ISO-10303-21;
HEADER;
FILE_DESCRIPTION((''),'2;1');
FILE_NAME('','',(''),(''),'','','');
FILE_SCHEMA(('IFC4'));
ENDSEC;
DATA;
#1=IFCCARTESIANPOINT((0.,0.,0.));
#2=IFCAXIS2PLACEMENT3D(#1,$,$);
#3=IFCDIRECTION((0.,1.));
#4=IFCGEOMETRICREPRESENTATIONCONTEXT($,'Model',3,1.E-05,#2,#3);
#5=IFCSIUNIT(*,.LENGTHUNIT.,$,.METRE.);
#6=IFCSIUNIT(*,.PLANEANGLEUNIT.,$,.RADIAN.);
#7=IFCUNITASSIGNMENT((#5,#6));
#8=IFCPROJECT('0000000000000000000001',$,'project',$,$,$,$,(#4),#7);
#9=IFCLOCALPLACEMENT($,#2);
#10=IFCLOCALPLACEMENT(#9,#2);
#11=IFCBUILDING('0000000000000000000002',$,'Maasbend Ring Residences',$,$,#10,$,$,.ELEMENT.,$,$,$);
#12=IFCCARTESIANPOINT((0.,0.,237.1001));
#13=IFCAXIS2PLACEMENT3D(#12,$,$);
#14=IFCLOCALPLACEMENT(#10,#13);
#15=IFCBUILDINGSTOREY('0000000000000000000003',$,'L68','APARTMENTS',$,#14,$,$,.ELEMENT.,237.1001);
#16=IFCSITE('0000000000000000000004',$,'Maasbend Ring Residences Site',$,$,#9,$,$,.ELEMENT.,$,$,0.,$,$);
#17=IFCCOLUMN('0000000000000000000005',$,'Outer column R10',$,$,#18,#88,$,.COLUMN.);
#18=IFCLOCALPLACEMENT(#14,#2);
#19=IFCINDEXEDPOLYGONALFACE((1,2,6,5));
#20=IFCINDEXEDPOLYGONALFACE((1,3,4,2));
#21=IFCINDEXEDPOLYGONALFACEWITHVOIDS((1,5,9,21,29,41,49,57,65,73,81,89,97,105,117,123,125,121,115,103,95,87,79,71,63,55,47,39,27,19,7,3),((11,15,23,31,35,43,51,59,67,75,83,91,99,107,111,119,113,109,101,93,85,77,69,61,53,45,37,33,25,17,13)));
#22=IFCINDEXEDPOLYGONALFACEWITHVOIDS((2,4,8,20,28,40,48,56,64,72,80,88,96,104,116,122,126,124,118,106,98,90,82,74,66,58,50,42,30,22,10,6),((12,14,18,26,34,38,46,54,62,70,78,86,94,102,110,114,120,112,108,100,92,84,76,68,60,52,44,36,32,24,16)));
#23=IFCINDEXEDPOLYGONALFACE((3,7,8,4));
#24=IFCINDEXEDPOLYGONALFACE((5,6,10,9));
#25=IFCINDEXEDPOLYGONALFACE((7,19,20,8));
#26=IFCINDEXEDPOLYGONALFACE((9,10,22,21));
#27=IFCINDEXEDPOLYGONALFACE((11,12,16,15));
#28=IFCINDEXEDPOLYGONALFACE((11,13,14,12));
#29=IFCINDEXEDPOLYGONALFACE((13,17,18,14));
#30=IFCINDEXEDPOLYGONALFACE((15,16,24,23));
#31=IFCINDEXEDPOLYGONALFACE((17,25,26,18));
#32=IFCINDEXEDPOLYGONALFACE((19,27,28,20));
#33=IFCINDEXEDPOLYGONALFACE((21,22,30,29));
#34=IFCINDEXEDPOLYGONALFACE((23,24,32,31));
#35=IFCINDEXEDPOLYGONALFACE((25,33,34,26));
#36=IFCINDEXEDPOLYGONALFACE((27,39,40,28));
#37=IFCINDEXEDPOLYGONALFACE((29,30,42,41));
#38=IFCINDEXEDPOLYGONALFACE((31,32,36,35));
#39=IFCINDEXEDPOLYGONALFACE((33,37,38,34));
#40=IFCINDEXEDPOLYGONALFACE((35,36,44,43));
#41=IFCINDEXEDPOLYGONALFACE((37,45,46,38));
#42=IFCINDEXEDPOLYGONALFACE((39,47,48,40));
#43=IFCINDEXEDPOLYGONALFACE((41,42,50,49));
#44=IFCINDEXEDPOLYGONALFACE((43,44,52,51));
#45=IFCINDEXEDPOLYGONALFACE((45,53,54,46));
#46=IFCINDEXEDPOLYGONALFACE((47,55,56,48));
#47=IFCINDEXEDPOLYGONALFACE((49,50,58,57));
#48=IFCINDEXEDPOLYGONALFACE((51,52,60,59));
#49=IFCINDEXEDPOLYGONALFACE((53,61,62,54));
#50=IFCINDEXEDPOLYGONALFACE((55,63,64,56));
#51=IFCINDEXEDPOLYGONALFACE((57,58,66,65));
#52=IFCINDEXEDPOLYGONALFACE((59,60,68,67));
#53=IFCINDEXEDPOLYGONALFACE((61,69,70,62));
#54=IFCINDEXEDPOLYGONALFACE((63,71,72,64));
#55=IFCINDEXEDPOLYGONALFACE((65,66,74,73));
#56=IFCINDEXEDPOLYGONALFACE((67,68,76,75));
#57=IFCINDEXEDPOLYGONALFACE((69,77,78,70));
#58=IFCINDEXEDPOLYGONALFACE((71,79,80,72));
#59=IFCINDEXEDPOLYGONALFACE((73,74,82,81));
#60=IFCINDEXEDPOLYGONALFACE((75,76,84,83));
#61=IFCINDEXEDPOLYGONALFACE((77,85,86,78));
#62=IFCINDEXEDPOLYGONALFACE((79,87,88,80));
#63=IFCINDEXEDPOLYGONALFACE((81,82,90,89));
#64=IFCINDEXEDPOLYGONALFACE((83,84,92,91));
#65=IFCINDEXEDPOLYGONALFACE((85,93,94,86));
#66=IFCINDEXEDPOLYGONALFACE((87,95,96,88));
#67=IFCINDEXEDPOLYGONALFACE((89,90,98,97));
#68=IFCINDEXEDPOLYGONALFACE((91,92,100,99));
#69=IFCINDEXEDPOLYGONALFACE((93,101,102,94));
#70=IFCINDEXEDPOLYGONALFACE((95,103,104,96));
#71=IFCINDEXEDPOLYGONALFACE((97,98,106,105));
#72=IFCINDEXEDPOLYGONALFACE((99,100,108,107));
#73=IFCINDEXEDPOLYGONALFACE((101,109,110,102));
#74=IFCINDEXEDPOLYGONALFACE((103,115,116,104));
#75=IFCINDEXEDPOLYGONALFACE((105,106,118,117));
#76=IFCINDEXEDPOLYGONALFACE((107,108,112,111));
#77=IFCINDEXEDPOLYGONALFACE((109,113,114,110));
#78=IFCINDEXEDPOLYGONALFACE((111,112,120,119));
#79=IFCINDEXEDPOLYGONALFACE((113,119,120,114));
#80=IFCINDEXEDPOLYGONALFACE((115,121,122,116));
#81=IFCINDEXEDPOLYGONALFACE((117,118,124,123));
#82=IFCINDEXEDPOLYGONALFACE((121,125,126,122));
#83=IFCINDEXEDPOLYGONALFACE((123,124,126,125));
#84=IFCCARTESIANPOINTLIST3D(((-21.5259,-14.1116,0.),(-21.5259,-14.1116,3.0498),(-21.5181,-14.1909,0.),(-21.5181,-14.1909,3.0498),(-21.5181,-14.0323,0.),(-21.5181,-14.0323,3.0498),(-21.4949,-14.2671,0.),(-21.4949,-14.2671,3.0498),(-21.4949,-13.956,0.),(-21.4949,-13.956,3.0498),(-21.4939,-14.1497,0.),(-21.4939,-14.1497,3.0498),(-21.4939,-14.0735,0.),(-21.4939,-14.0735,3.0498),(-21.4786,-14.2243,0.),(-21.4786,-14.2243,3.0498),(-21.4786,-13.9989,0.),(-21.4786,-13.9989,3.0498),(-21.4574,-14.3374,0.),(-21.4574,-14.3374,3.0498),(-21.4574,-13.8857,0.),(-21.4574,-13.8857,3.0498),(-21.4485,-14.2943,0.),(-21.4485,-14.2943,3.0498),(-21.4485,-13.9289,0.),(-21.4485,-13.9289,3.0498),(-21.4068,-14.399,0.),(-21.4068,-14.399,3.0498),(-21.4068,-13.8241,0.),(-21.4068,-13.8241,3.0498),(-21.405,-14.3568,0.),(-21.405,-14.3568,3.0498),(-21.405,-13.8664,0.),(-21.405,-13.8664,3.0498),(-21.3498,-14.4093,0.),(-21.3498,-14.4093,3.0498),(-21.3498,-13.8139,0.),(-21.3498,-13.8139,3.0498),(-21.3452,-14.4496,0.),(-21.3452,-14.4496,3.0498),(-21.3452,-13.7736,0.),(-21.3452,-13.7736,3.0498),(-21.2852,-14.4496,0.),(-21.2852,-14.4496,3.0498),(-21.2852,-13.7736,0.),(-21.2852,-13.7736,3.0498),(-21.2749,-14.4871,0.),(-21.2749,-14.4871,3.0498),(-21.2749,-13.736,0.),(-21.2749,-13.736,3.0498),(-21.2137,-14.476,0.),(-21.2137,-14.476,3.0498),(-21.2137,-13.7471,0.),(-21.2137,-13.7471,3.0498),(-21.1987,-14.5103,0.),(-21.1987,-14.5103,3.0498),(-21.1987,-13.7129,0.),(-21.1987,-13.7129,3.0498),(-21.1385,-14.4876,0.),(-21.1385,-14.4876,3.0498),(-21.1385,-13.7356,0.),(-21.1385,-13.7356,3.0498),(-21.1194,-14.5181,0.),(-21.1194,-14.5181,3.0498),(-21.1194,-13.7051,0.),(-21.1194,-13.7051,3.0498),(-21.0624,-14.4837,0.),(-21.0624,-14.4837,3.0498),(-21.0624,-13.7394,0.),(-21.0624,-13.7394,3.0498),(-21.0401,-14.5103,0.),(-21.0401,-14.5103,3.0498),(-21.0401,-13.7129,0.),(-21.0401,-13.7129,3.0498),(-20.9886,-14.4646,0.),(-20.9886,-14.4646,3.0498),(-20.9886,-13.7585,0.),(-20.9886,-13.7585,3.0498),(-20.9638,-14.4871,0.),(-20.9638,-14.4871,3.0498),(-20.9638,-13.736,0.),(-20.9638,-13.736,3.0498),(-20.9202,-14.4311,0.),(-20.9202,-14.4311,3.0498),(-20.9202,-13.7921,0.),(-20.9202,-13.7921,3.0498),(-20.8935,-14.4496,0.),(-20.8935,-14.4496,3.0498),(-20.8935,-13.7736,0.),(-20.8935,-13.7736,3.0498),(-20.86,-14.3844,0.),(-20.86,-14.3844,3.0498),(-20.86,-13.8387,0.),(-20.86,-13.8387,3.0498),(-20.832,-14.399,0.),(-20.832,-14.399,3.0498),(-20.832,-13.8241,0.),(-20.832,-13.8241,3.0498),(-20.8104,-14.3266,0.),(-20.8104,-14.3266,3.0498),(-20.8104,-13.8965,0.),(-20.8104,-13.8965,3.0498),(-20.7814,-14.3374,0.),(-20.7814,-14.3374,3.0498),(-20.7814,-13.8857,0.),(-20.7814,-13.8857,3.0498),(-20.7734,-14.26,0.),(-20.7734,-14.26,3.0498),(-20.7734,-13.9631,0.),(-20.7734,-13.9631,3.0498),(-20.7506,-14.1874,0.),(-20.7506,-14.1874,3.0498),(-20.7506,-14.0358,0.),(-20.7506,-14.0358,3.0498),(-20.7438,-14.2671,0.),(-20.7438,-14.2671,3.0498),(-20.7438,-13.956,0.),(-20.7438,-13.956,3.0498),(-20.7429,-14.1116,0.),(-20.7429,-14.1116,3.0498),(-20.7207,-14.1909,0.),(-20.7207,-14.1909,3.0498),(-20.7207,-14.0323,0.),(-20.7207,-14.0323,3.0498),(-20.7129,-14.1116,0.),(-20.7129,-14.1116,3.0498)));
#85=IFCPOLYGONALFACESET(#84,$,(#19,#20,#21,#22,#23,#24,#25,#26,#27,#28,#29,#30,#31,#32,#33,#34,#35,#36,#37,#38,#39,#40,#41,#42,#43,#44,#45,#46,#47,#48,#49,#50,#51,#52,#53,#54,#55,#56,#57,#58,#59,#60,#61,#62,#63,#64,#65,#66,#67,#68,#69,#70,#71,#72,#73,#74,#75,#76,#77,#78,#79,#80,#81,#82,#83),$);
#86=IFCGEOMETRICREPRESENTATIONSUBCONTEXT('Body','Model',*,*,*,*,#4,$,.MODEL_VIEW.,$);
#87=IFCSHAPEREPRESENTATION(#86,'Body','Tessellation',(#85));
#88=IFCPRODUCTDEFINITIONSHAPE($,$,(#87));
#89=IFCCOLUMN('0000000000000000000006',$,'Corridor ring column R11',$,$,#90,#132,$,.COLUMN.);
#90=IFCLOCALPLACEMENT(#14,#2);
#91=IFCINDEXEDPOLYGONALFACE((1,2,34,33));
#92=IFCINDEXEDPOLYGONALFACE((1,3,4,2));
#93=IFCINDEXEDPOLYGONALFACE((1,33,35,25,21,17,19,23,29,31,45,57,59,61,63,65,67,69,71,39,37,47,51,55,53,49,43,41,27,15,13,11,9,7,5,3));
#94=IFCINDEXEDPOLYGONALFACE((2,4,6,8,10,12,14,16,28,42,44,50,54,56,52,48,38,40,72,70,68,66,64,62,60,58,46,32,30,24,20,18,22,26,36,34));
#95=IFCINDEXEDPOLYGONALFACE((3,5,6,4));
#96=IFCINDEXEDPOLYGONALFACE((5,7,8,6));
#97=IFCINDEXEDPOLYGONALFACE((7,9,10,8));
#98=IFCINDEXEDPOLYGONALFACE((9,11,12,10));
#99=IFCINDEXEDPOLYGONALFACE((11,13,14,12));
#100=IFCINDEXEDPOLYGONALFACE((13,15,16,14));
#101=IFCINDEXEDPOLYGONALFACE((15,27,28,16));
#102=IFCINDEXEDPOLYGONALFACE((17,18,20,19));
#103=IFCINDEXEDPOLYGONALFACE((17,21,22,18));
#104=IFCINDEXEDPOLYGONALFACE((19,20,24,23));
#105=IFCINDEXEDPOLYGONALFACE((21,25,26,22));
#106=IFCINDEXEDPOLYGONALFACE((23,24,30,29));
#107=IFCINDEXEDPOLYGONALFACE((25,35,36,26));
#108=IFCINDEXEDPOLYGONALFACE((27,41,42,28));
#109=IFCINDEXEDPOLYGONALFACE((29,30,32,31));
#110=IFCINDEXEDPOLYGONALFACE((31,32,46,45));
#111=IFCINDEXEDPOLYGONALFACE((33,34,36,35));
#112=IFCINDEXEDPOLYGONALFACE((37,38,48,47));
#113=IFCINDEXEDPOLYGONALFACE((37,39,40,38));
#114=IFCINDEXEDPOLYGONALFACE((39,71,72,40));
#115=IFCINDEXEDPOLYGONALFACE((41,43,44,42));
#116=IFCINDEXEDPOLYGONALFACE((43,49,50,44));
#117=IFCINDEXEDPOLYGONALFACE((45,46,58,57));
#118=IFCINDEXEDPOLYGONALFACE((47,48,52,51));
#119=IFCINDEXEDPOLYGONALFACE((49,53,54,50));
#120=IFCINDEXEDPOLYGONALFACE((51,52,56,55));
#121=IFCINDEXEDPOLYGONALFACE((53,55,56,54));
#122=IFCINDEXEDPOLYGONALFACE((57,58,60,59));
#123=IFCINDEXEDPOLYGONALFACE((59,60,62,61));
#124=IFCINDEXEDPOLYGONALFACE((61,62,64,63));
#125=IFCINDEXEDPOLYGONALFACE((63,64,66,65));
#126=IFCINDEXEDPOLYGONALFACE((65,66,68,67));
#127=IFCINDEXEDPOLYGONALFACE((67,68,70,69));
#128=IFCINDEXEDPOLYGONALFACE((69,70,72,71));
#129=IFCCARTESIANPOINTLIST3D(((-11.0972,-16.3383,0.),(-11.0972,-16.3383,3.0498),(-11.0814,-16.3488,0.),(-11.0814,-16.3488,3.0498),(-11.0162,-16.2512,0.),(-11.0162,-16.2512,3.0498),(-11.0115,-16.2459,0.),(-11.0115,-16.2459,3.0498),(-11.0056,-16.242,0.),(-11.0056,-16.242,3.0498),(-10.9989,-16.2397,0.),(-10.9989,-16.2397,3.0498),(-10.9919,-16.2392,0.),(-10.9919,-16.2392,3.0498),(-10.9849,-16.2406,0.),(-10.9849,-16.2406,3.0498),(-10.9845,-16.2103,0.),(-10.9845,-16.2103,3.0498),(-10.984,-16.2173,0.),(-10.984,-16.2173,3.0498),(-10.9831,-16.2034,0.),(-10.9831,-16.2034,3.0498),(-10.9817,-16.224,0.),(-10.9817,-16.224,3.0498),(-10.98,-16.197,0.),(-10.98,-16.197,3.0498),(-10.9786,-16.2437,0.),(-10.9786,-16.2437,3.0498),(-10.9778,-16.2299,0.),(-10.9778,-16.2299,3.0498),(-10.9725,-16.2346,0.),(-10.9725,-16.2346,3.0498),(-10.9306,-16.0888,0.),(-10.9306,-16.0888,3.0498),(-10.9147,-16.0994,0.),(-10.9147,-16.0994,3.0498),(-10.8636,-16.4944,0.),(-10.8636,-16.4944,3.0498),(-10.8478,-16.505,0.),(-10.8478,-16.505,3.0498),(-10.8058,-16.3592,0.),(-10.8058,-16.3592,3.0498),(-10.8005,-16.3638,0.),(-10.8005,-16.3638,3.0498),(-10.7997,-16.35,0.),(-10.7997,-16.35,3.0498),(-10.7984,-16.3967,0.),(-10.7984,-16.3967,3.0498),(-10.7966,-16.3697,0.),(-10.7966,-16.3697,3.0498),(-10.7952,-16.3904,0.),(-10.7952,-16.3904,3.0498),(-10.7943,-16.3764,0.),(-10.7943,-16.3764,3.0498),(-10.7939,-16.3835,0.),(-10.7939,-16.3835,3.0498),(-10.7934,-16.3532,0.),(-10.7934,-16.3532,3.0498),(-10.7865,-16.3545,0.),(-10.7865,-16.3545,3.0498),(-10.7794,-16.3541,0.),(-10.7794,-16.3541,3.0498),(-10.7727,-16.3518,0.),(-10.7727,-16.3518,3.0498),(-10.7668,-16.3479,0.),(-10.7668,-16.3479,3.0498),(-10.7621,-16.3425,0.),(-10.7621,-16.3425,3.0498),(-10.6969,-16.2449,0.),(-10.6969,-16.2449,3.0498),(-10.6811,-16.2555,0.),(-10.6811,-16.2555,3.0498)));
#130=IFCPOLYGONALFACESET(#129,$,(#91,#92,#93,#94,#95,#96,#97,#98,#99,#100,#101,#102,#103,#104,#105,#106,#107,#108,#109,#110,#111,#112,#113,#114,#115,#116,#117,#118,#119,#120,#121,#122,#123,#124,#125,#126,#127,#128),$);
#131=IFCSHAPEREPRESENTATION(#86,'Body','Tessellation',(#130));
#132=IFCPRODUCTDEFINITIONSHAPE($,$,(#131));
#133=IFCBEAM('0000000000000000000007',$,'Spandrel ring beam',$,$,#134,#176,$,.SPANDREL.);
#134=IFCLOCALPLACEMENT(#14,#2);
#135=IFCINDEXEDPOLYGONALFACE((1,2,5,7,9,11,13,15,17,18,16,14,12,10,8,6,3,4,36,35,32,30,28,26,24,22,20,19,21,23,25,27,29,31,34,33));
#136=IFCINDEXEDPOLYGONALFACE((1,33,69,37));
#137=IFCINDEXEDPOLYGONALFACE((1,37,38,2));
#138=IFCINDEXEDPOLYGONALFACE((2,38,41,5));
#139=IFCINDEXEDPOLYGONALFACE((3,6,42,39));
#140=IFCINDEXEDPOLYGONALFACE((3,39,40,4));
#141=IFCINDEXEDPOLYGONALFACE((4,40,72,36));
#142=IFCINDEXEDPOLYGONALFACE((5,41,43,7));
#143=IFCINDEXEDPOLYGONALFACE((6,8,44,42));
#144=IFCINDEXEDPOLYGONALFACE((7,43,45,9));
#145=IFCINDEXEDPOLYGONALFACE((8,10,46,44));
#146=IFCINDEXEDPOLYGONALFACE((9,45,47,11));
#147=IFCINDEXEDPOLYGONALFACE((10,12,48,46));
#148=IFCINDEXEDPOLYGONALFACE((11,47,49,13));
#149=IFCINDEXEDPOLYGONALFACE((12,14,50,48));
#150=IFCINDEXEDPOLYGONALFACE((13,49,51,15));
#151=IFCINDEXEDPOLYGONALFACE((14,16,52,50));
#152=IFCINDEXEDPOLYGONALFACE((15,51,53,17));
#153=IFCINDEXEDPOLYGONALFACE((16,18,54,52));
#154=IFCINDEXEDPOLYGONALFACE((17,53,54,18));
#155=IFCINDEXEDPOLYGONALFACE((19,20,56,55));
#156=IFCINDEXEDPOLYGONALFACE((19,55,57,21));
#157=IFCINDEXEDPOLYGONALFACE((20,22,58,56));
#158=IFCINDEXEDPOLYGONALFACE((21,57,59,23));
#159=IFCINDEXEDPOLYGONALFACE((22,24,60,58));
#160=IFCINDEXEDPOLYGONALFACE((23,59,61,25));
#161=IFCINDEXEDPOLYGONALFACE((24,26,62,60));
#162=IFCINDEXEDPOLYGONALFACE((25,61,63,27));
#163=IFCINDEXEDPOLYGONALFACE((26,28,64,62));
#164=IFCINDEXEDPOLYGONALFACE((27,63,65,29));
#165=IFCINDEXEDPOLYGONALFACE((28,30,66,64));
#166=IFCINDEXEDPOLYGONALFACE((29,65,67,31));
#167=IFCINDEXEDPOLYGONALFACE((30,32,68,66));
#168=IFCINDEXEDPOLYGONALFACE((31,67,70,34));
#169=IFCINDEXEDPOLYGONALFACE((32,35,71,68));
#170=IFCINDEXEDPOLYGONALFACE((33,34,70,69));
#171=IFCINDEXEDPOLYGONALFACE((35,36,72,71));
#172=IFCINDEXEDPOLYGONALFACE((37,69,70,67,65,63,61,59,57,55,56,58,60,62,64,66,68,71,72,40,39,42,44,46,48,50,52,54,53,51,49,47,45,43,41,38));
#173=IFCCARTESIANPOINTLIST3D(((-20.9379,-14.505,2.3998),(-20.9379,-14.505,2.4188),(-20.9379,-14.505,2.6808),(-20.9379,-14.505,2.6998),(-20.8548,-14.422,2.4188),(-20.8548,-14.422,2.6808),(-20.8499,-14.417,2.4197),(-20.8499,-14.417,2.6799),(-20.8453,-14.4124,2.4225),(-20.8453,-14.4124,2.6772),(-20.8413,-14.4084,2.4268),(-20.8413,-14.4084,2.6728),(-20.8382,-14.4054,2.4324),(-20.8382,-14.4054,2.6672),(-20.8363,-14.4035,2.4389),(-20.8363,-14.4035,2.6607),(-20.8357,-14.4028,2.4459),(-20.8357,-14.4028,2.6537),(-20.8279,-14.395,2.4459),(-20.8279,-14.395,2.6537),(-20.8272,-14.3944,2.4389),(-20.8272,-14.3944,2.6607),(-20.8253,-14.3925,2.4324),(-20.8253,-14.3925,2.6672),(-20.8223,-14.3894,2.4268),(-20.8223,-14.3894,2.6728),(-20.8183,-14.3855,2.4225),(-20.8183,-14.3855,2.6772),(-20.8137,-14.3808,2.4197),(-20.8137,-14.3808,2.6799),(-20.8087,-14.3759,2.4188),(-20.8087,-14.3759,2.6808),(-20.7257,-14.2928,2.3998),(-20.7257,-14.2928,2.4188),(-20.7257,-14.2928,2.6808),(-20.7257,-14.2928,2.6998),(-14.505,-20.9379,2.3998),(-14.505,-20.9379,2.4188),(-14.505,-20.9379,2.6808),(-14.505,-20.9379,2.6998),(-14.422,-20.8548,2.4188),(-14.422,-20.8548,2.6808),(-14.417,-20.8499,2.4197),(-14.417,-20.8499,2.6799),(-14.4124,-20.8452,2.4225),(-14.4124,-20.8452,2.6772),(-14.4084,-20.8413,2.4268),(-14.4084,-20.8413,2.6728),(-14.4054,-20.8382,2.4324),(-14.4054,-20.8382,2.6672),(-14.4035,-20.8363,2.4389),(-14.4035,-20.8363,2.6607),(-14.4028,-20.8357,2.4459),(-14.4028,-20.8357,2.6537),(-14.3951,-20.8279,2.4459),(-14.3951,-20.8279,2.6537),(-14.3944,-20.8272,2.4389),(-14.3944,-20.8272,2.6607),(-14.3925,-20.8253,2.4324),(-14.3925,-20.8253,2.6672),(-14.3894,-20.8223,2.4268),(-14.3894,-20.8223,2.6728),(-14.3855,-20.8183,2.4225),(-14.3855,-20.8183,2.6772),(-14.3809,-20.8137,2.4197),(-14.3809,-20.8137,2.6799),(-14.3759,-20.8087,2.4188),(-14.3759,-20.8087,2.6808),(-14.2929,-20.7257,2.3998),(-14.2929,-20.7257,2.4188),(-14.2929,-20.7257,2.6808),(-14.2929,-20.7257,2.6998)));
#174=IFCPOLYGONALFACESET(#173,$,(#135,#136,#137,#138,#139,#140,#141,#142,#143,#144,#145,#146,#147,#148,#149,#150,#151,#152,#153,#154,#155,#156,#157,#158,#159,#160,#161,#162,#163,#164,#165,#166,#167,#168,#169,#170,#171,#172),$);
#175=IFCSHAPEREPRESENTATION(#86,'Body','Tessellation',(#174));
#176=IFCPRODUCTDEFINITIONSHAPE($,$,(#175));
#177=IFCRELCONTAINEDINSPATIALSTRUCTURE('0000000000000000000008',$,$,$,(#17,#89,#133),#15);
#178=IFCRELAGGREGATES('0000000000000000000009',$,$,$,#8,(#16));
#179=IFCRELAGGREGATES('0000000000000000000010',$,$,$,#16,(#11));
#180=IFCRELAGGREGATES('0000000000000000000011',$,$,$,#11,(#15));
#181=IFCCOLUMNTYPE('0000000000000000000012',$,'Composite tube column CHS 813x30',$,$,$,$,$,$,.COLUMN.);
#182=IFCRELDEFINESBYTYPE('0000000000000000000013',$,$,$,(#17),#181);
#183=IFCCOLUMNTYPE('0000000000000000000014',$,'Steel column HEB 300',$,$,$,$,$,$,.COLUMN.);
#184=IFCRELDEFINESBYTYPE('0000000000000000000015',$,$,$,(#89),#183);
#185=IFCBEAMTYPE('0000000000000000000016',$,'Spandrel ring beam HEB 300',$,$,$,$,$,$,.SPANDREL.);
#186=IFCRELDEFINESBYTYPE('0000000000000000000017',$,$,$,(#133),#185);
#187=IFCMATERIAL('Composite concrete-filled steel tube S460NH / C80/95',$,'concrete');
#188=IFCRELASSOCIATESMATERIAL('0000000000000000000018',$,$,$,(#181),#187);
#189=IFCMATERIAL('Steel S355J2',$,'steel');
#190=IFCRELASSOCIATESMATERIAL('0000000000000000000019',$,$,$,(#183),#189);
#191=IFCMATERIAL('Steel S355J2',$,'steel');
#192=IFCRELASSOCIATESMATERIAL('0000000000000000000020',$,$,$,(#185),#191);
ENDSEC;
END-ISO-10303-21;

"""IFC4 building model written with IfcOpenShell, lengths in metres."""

from ifc_helpers import new_model, si_unit, direction, frame, origin, origin_2d, place, context, subcontext, project, spatial, hollow_circle, i_section, extrude, material, material_profile, profile_set, type_object, element, save


model = new_model("IFC4")

# Units and contexts
model_context = context("Model", 3, precision=1e-05, world=origin(), true_north=direction((0.0, 1.0)))
body_context = subcontext(model_context, "Body", "Model", "MODEL_VIEW")
ifc_project = project(units=[si_unit("LENGTHUNIT", "METRE"), si_unit("PLANEANGLEUNIT", "RADIAN")], contexts=[model_context])

# Site, building, storey
site_placement = place(None, origin())
site = spatial("IfcSite", under=ifc_project, at=site_placement, Name="Maasbend Ring Residences Site", CompositionType="ELEMENT", RefElevation=0.0)
building_placement = place(site_placement, origin())
building = spatial("IfcBuilding", under=site, at=building_placement, Name="Maasbend Ring Residences", CompositionType="ELEMENT")
storey_placement = place(building_placement, frame((0.0, 0.0, 237.1001)))
storey = spatial("IfcBuildingStorey", under=building, at=storey_placement, Name="L68", Description="APARTMENTS", CompositionType="ELEMENT", Elevation=237.1001)

# Columns
ifc_material_1 = material(Name="Composite concrete-filled steel tube S460NH / C80/95", Category="concrete")
ifc_material_profile_1 = material_profile(ifc_material_1, hollow_circle(Radius=0.4065, WallThickness=0.03, at=origin_2d()), Name="Composite tube column CHS 813x30")
ifc_profile_set_1 = profile_set([ifc_material_profile_1], Name="Composite concrete-filled steel tube S460NH / C80/95")
column_type_1 = type_object("IfcColumnType", Name="Composite tube column CHS 813x30", PredefinedType="COLUMN", material=ifc_profile_set_1)
column_1_placement = place(storey_placement, frame((-21.1194, -14.1116, 0.0), z_axis=(0.0, 0.0, 1.0), x_axis=(1.0, 0.0, 0.0)))
element("IfcColumn", 1, at=column_1_placement, inside=storey, type_object=column_type_1, Name="Outer column R10", PredefinedType="COLUMN", context=body_context, shape_type="SweptSolid", body=[
    extrude(hollow_circle(Radius=0.4065, WallThickness=0.03, at=origin_2d()), origin(), (0.0, 0.0, 1.0), 3.0498),
])
ifc_material_2 = material(Name="Steel S355J2", Category="steel")
ifc_material_profile_2 = material_profile(ifc_material_2, i_section(OverallWidth=0.3, OverallDepth=0.3, WebThickness=0.011, FlangeThickness=0.019, FilletRadius=0.0271, at=origin_2d()), Name="HEB 300")
ifc_profile_set_2 = profile_set([ifc_material_profile_2], Name="Steel S355J2")
column_type_2 = type_object("IfcColumnType", Name="Steel column HEB 300", PredefinedType="COLUMN", material=ifc_profile_set_2)
column_2_placement = place(storey_placement, frame((-10.8892, -16.2969, 0.0), z_axis=(0.0, 0.0, 1.0), x_axis=(-0.55557, -0.83147, 0.0)))
element("IfcColumn", 2, at=column_2_placement, inside=storey, type_object=column_type_2, Name="Corridor ring column R11", PredefinedType="COLUMN", context=body_context, shape_type="SweptSolid", body=[
    extrude(i_section(OverallWidth=0.3, OverallDepth=0.3, WebThickness=0.011, FlangeThickness=0.019, FilletRadius=0.0271, at=origin_2d()), origin(), (0.0, 0.0, 1.0), 3.0498),
])

# Beam
ifc_material_3 = material(Name="Steel S355J2", Category="steel")
ifc_material_profile_3 = material_profile(ifc_material_3, i_section(OverallWidth=0.3, OverallDepth=0.3, WebThickness=0.011, FlangeThickness=0.019, FilletRadius=0.0271, at=origin_2d()), Name="HEB 300")
ifc_profile_set_3 = profile_set([ifc_material_profile_3], Name="Steel S355J2")
beam_type = type_object("IfcBeamType", Name="Spandrel ring beam HEB 300", PredefinedType="SPANDREL", material=ifc_profile_set_3)
beam_placement = place(storey_placement, frame((-20.8318, -14.3989, 2.5498), z_axis=(0.707107, -0.707107, 0.0), x_axis=(0.707107, 0.707107, 0.0)))
element("IfcBeam", 3, at=beam_placement, inside=storey, type_object=beam_type, Name="Spandrel ring beam", PredefinedType="SPANDREL", context=body_context, shape_type="SweptSolid", body=[
    extrude(i_section(OverallWidth=0.3, OverallDepth=0.3, WebThickness=0.011, FlangeThickness=0.019, FilletRadius=0.0271, at=origin_2d()), origin(), (0.0, 0.0, 1.0), 9.0974),
])

save(model, "model.ifc")
